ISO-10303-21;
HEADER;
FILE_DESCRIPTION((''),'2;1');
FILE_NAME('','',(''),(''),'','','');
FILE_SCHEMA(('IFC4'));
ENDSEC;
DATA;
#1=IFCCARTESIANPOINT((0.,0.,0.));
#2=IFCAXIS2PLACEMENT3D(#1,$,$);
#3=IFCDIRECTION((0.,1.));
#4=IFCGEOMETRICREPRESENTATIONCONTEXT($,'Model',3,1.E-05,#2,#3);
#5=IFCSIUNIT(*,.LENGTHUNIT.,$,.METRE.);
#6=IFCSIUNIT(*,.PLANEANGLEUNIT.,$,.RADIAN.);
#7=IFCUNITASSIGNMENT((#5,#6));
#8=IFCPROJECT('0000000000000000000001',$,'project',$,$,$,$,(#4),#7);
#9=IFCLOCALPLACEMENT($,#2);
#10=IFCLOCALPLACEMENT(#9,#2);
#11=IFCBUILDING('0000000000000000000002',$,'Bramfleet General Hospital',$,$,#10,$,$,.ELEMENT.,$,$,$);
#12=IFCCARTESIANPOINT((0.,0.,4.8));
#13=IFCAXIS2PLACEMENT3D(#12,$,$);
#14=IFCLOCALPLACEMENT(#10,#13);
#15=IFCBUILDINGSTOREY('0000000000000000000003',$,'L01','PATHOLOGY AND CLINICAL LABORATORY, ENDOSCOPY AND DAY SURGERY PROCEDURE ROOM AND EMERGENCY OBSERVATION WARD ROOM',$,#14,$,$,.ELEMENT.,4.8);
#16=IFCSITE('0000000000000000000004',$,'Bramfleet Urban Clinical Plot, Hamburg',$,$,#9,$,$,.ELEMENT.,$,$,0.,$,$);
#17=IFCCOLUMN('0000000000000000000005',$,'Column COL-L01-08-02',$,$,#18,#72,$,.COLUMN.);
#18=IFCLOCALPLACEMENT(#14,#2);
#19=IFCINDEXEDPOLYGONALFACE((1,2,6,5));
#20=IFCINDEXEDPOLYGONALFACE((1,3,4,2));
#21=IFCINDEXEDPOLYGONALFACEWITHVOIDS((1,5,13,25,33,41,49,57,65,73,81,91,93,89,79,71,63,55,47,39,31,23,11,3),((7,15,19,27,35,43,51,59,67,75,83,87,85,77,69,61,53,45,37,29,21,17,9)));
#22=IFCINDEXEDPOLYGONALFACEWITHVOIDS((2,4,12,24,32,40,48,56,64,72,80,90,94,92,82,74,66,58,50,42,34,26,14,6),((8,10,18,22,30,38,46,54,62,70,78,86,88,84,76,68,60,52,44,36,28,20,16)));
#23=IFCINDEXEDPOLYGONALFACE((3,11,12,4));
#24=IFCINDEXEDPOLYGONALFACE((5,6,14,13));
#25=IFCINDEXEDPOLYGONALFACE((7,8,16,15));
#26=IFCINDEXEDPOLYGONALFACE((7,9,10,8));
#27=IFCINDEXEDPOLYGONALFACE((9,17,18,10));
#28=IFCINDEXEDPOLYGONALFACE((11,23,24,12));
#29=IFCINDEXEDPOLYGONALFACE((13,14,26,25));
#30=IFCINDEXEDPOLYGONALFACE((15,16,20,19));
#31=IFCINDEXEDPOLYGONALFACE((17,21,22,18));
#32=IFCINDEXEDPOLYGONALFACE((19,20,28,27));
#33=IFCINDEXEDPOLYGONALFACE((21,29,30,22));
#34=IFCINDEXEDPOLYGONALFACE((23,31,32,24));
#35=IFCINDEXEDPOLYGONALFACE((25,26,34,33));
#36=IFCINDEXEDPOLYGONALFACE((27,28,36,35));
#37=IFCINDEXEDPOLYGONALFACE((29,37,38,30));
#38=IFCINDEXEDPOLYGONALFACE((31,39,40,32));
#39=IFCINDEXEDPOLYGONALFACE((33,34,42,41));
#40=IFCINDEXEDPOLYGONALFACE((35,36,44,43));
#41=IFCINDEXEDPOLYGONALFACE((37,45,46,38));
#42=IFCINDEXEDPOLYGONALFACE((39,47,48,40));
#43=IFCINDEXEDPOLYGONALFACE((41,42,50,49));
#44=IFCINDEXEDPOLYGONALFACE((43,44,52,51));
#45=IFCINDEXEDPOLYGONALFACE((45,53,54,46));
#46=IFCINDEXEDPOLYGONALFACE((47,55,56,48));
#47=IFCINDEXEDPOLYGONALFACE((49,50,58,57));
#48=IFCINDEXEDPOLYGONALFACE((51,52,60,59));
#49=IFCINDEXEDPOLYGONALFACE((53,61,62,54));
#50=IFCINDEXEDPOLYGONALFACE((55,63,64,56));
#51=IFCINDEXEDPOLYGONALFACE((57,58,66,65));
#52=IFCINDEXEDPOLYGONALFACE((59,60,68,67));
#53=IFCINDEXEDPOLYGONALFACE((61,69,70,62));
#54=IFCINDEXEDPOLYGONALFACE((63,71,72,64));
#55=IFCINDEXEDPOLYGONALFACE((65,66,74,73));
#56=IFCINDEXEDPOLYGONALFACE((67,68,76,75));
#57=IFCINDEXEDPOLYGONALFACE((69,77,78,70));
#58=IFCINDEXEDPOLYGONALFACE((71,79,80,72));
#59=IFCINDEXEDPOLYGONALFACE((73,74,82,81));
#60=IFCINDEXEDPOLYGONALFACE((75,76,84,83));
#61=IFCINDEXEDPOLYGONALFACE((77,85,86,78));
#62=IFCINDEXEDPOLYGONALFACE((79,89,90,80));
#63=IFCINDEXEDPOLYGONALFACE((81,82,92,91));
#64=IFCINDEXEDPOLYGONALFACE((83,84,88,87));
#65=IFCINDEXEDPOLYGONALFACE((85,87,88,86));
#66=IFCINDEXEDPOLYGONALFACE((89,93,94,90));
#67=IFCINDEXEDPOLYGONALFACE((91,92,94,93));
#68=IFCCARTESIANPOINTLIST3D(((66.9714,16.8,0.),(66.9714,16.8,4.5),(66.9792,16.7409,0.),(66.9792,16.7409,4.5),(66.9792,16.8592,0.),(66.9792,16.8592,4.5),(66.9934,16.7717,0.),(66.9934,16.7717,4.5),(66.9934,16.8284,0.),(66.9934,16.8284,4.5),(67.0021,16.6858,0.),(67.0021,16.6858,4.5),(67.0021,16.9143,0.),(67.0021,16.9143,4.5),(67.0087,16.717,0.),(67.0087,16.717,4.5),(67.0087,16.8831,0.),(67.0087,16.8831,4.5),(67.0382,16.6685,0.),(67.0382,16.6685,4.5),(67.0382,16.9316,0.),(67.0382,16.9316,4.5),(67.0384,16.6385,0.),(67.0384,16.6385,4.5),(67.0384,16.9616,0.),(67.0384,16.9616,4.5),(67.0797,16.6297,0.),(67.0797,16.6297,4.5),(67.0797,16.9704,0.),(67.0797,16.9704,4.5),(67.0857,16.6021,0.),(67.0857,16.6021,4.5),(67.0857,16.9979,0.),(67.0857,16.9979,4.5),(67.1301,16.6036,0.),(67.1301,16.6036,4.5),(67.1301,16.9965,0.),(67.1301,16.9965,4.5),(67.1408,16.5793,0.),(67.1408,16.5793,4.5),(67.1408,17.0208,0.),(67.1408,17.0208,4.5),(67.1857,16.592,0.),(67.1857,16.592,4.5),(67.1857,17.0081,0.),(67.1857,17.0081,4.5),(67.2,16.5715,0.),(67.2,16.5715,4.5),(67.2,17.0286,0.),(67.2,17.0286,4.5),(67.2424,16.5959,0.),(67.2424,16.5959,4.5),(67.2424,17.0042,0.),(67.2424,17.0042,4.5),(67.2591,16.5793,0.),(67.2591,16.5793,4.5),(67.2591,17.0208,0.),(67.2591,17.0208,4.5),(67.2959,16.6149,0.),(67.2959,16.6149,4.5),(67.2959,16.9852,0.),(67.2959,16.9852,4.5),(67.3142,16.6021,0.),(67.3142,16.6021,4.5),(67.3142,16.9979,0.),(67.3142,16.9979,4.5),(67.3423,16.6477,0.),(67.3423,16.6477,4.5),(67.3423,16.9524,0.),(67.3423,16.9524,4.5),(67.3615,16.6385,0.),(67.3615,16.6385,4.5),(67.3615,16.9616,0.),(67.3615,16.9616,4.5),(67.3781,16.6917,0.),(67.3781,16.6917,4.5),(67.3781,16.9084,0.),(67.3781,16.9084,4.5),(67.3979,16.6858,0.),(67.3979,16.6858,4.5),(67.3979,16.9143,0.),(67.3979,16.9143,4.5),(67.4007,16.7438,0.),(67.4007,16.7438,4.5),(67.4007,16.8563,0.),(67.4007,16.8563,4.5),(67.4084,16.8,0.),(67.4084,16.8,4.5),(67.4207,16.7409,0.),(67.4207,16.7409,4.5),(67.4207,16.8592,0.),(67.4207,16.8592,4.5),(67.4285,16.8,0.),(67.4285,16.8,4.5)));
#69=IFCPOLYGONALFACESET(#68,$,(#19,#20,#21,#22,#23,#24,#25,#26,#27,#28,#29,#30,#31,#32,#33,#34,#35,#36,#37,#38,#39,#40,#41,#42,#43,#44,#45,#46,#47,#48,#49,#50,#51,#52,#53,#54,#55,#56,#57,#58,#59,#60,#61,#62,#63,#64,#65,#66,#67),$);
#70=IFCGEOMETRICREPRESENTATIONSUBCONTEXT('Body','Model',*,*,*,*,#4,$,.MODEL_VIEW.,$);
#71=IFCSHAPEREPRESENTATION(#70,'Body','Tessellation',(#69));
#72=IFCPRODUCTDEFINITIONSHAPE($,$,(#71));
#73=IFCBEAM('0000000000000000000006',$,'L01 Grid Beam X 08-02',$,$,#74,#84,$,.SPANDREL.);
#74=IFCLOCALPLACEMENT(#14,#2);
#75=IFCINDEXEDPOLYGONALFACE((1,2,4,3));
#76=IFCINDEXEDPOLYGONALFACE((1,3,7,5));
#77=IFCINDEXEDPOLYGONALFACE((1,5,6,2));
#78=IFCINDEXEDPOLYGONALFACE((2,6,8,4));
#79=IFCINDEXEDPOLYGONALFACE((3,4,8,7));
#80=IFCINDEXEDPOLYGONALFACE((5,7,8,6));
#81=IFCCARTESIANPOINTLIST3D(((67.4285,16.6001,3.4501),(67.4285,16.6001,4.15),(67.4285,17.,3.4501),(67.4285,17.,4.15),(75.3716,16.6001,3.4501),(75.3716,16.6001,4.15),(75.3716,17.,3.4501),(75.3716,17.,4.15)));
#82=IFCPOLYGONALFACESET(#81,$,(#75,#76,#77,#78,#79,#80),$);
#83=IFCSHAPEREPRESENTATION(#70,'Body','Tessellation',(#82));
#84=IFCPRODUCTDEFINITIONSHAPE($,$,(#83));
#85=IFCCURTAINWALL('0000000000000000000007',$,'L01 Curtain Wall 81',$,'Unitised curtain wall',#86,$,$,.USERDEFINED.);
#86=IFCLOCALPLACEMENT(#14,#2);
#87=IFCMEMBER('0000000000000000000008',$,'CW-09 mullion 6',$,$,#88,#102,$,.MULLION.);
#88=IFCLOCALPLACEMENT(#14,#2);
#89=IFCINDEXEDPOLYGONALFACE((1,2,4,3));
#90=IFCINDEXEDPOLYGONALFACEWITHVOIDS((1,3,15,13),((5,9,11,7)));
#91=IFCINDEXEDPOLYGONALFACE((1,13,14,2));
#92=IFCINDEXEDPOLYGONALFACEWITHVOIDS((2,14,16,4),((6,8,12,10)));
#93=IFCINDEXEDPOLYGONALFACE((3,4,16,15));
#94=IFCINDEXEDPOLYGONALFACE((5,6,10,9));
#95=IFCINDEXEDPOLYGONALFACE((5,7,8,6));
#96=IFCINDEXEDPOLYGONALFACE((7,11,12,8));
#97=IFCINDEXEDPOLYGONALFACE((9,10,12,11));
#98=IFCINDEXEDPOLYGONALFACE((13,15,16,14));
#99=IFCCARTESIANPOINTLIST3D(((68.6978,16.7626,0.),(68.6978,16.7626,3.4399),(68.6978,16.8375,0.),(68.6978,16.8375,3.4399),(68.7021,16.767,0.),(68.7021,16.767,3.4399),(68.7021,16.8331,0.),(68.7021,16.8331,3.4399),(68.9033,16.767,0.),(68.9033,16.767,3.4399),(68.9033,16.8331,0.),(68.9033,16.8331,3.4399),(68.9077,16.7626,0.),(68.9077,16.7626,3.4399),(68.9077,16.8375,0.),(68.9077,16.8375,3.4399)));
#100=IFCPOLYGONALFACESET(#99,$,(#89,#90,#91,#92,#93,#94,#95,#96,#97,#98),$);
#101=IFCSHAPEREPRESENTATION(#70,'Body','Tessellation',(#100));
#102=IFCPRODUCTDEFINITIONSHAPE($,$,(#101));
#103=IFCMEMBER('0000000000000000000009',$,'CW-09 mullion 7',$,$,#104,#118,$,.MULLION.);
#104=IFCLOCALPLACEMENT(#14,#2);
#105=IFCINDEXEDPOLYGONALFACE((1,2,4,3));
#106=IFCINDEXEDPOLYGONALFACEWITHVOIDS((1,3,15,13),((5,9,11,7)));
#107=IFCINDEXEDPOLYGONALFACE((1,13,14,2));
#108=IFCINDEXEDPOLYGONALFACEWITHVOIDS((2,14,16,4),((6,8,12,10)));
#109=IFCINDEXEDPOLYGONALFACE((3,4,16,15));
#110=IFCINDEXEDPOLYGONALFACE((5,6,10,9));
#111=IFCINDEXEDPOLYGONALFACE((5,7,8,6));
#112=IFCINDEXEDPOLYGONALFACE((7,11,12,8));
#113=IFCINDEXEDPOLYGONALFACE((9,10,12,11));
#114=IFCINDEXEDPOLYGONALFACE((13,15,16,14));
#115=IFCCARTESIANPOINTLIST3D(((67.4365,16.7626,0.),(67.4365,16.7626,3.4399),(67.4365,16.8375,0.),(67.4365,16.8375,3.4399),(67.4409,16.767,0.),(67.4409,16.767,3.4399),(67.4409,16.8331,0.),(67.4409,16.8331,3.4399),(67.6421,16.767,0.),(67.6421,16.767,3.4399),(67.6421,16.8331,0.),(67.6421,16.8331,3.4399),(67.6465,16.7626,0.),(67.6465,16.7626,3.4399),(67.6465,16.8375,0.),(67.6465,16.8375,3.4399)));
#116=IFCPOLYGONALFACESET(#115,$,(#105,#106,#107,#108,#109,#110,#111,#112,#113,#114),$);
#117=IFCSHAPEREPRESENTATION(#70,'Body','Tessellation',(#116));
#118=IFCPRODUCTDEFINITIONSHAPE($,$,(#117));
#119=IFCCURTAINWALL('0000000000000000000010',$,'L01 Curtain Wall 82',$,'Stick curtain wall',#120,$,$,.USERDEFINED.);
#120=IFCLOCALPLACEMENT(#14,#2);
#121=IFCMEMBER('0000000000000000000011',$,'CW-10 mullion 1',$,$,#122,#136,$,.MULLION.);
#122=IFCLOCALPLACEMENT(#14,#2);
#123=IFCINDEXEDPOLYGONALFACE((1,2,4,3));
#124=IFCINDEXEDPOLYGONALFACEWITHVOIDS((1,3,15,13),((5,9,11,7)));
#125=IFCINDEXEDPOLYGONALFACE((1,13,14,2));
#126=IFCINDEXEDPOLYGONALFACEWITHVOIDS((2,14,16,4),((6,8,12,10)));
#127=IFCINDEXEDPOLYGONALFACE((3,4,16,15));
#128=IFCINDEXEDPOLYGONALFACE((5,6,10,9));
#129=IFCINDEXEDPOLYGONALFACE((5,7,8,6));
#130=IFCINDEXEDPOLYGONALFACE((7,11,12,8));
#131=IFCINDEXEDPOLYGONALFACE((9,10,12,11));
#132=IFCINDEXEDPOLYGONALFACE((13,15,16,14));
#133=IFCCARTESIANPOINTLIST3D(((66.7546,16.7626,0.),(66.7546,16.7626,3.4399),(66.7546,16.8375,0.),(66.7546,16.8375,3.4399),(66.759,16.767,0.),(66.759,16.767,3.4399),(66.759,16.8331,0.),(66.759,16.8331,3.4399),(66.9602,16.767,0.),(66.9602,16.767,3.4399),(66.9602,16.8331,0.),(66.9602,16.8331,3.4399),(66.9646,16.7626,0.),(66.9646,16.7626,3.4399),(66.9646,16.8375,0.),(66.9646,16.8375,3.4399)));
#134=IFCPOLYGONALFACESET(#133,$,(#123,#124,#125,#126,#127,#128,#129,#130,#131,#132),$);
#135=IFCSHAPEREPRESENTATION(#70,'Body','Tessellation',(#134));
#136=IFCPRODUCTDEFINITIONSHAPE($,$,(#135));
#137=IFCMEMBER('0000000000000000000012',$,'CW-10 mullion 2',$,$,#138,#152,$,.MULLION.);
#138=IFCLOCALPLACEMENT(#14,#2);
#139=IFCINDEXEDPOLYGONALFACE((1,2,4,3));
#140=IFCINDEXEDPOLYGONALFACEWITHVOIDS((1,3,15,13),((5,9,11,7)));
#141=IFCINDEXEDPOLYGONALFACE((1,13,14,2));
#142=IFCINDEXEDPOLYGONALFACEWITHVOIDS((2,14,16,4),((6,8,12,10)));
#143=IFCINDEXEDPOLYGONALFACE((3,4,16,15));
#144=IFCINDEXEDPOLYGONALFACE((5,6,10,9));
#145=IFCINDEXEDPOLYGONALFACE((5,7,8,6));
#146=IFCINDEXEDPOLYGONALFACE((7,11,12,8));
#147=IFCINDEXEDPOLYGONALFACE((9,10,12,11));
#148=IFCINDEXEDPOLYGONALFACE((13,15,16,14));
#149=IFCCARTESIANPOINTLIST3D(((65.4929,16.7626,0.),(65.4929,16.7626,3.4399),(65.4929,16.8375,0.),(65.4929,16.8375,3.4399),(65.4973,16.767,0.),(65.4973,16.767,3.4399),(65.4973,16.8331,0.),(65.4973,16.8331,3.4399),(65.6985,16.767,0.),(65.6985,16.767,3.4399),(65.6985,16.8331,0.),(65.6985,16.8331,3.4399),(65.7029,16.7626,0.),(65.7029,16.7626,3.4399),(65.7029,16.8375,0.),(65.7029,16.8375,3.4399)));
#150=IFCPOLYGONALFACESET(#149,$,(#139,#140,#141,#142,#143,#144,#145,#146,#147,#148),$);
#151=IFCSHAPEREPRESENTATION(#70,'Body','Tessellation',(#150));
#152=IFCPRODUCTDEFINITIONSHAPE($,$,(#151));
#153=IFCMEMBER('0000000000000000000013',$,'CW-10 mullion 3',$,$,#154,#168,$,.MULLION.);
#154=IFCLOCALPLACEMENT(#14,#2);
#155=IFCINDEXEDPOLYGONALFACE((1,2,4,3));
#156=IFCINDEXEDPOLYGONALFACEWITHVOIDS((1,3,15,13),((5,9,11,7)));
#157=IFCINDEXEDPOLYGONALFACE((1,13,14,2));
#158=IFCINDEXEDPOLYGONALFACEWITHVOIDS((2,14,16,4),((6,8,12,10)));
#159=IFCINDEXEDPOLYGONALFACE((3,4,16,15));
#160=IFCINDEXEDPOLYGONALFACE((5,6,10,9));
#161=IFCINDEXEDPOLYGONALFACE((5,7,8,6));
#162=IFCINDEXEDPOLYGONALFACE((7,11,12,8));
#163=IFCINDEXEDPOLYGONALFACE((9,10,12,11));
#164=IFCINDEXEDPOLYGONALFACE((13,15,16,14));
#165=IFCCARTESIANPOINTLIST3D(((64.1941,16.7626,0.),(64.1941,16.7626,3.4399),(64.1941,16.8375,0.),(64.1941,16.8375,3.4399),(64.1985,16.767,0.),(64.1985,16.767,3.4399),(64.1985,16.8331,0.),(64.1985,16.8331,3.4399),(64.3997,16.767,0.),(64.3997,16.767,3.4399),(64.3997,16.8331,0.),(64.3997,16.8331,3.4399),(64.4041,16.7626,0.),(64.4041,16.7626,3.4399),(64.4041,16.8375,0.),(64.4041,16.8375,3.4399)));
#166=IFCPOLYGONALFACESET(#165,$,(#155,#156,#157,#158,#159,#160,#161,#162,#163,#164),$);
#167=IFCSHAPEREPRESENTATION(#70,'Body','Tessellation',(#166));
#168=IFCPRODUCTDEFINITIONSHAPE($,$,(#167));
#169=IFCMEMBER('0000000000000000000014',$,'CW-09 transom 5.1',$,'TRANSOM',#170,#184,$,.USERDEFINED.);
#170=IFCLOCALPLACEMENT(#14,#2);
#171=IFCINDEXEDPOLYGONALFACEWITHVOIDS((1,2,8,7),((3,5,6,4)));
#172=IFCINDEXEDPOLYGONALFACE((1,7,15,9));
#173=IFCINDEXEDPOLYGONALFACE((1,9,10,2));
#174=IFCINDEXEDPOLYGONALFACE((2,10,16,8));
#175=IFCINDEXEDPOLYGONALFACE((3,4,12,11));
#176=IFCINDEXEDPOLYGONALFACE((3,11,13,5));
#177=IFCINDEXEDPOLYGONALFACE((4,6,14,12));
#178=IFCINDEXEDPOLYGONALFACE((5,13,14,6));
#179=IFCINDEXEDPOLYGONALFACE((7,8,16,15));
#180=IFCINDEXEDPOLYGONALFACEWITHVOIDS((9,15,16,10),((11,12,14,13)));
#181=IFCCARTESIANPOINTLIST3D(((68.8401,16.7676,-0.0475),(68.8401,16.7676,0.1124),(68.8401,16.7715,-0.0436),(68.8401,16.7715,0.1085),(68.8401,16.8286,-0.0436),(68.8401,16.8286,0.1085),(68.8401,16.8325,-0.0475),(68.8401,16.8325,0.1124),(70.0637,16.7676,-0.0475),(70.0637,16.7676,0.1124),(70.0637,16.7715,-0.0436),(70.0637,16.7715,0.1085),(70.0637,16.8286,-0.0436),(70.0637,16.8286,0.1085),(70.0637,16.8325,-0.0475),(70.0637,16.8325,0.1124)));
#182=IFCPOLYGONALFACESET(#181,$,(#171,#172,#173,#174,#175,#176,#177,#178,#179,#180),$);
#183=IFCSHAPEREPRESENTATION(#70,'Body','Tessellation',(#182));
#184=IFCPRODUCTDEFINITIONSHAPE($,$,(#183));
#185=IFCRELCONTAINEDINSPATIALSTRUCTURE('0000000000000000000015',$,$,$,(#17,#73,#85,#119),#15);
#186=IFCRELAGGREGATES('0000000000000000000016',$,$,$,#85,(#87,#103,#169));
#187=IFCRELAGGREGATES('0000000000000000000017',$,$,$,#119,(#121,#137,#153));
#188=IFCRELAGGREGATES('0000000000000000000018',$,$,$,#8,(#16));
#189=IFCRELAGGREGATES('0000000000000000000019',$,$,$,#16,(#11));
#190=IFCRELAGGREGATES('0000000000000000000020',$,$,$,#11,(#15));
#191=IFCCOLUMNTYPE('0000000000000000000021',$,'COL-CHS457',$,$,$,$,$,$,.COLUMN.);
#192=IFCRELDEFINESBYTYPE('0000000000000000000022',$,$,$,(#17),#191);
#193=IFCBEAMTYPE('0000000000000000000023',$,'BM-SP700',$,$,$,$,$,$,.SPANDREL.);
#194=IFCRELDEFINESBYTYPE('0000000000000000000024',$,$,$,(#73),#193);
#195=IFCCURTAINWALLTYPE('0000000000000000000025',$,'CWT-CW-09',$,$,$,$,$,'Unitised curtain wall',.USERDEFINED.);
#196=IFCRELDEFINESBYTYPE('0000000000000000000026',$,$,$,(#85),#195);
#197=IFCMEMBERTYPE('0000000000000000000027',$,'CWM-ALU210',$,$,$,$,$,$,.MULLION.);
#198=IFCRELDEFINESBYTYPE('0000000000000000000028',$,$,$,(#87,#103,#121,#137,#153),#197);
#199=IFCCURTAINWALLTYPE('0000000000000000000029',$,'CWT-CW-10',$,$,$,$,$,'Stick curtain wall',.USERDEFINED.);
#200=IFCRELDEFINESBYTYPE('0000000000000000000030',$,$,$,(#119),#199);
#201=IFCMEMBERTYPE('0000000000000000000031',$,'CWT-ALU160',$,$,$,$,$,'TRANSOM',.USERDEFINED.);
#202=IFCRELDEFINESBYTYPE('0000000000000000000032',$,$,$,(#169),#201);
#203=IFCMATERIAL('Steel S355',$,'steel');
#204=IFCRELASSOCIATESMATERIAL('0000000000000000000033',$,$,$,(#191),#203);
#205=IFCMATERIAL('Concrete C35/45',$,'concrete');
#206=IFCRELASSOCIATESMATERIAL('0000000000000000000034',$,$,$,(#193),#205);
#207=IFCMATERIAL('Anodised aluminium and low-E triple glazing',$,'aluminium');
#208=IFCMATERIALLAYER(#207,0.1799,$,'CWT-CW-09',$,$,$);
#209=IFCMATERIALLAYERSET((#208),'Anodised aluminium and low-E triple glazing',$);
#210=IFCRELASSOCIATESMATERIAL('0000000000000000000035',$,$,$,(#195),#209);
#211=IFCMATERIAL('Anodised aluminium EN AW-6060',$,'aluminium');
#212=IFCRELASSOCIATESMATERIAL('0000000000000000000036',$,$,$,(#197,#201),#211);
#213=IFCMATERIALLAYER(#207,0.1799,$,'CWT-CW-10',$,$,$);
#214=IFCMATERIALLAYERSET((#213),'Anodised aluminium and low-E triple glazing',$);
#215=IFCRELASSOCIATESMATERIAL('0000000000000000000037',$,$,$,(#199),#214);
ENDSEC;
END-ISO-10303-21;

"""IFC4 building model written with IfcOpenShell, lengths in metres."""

from ifc_helpers import new_model, si_unit, direction, frame, origin, origin_2d, place, context, subcontext, project, spatial, rectangle, hollow_rectangle, hollow_circle, extrude, material, layer, layer_set, material_profile, profile_set, type_object, element, aggregate, save


model = new_model("IFC4")

# Units and contexts
model_context = context("Model", 3, precision=1e-05, world=origin(), true_north=direction((0.0, 1.0)))
body_context = subcontext(model_context, "Body", "Model", "MODEL_VIEW")
ifc_project = project(units=[si_unit("LENGTHUNIT", "METRE"), si_unit("PLANEANGLEUNIT", "RADIAN")], contexts=[model_context])

# Site, building, storey
site_placement = place(None, origin())
site = spatial("IfcSite", under=ifc_project, at=site_placement, Name="Bramfleet Urban Clinical Plot, Hamburg", CompositionType="ELEMENT", RefElevation=0.0)
building_placement = place(site_placement, origin())
building = spatial("IfcBuilding", under=site, at=building_placement, Name="Bramfleet General Hospital", CompositionType="ELEMENT")
storey_placement = place(building_placement, frame((0.0, 0.0, 4.8)))
storey = spatial("IfcBuildingStorey", under=building, at=storey_placement, Name="L01", Description="PATHOLOGY AND CLINICAL LABORATORY, ENDOSCOPY AND DAY SURGERY PROCEDURE ROOM AND EMERGENCY OBSERVATION WARD ROOM", CompositionType="ELEMENT", Elevation=4.8)

# Column
ifc_material_1 = material(Name="Steel S355", Category="steel")
ifc_material_profile_1 = material_profile(ifc_material_1, hollow_circle(Radius=0.2285, WallThickness=0.02, at=origin_2d()), Name="CHS 457.0x20.0")
ifc_profile_set_1 = profile_set([ifc_material_profile_1], Name="Steel S355")
column_type = type_object("IfcColumnType", Name="COL-CHS457", PredefinedType="COLUMN", material=ifc_profile_set_1)
column_placement = place(storey_placement, frame((67.2, 16.8, 0.0), z_axis=(0.0, 0.0, 1.0), x_axis=(1.0, 0.0, 0.0)))
element("IfcColumn", 1, at=column_placement, inside=storey, type_object=column_type, Name="Column COL-L01-08-02", PredefinedType="COLUMN", context=body_context, shape_type="SweptSolid", body=[
    extrude(hollow_circle(Radius=0.2285, WallThickness=0.02, at=origin_2d()), origin(), (0.0, 0.0, 1.0), 4.5),
])

# Beam
ifc_material_2 = material(Name="Concrete C35/45", Category="concrete")
ifc_material_profile_2 = material_profile(ifc_material_2, rectangle(XDim=0.3999, YDim=0.7, at=origin_2d()), Name="RC SP 700x400")
ifc_profile_set_2 = profile_set([ifc_material_profile_2], Name="Concrete C35/45")
beam_type = type_object("IfcBeamType", Name="BM-SP700", PredefinedType="SPANDREL", material=ifc_profile_set_2)
beam_placement = place(storey_placement, frame((67.4285, 16.8, 3.8), z_axis=(1.0, 0.0, 0.0), x_axis=(0.0, 1.0, 0.0)))
element("IfcBeam", 2, at=beam_placement, inside=storey, type_object=beam_type, Name="L01 Grid Beam X 08-02", PredefinedType="SPANDREL", context=body_context, shape_type="SweptSolid", body=[
    extrude(rectangle(XDim=0.3999, YDim=0.7, at=origin_2d()), origin(), (0.0, 0.0, 1.0), 7.9431),
])

# Curtain walls, members
ifc_material_3 = material(Name="Anodised aluminium and low-E triple glazing", Category="aluminium")
ifc_layer_1 = layer(ifc_material_3, 0.1799, Name="CWT-CW-09")
ifc_layer_set_1 = layer_set([ifc_layer_1], Name="Anodised aluminium and low-E triple glazing")
curtain_wall_type_1 = type_object("IfcCurtainWallType", Name="CWT-CW-09", ElementType="Unitised curtain wall", PredefinedType="USERDEFINED", material=ifc_layer_set_1)
curtain_wall_1_placement = place(storey_placement, origin())
curtain_wall_1 = element("IfcCurtainWall", 3, at=curtain_wall_1_placement, inside=storey, type_object=curtain_wall_type_1, Name="L01 Curtain Wall 81", ObjectType="Unitised curtain wall", PredefinedType="USERDEFINED")
ifc_material_4 = material(Name="Anodised aluminium EN AW-6060", Category="aluminium")
ifc_material_profile_3 = material_profile(ifc_material_4, hollow_rectangle(XDim=0.075, YDim=0.21, WallThickness=0.0044, at=origin_2d()), Name="ALU 210x75x4.5")
ifc_profile_set_3 = profile_set([ifc_material_profile_3], Name="Anodised aluminium EN AW-6060")
member_type_1 = type_object("IfcMemberType", Name="CWM-ALU210", PredefinedType="MULLION", material=ifc_profile_set_3)
member_1_placement = place(storey_placement, frame((68.8027, 16.8, 0.0), z_axis=(0.0, 0.0, 1.0), x_axis=(0.0, -1.0, 0.0)))
member_1 = element("IfcMember", 4, at=member_1_placement, type_object=member_type_1, Name="CW-09 mullion 6", PredefinedType="MULLION", context=body_context, shape_type="SweptSolid", body=[
    extrude(hollow_rectangle(XDim=0.075, YDim=0.21, WallThickness=0.0044, at=origin_2d()), origin(), (0.0, 0.0, 1.0), 3.4399),
])
member_2_placement = place(storey_placement, frame((67.5415, 16.8, 0.0), z_axis=(0.0, 0.0, 1.0), x_axis=(0.0, -1.0, 0.0)))
member_2 = element("IfcMember", 5, at=member_2_placement, type_object=member_type_1, Name="CW-09 mullion 7", PredefinedType="MULLION", context=body_context, shape_type="SweptSolid", body=[
    extrude(hollow_rectangle(XDim=0.075, YDim=0.21, WallThickness=0.0044, at=origin_2d()), origin(), (0.0, 0.0, 1.0), 3.4399),
])
ifc_layer_2 = layer(ifc_material_3, 0.1799, Name="CWT-CW-10")
ifc_layer_set_2 = layer_set([ifc_layer_2], Name="Anodised aluminium and low-E triple glazing")
curtain_wall_type_2 = type_object("IfcCurtainWallType", Name="CWT-CW-10", ElementType="Stick curtain wall", PredefinedType="USERDEFINED", material=ifc_layer_set_2)
curtain_wall_2_placement = place(storey_placement, origin())
curtain_wall_2 = element("IfcCurtainWall", 6, at=curtain_wall_2_placement, inside=storey, type_object=curtain_wall_type_2, Name="L01 Curtain Wall 82", ObjectType="Stick curtain wall", PredefinedType="USERDEFINED")
member_3_placement = place(storey_placement, frame((66.8596, 16.8, 0.0), z_axis=(0.0, 0.0, 1.0), x_axis=(0.0, -1.0, 0.0)))
member_3 = element("IfcMember", 7, at=member_3_placement, type_object=member_type_1, Name="CW-10 mullion 1", PredefinedType="MULLION", context=body_context, shape_type="SweptSolid", body=[
    extrude(hollow_rectangle(XDim=0.075, YDim=0.21, WallThickness=0.0044, at=origin_2d()), origin(), (0.0, 0.0, 1.0), 3.4399),
])
member_4_placement = place(storey_placement, frame((65.5979, 16.8, 0.0), z_axis=(0.0, 0.0, 1.0), x_axis=(0.0, -1.0, 0.0)))
member_4 = element("IfcMember", 8, at=member_4_placement, type_object=member_type_1, Name="CW-10 mullion 2", PredefinedType="MULLION", context=body_context, shape_type="SweptSolid", body=[
    extrude(hollow_rectangle(XDim=0.075, YDim=0.21, WallThickness=0.0044, at=origin_2d()), origin(), (0.0, 0.0, 1.0), 3.4399),
])
member_5_placement = place(storey_placement, frame((64.2991, 16.8, 0.0), z_axis=(0.0, 0.0, 1.0), x_axis=(0.0, -1.0, 0.0)))
member_5 = element("IfcMember", 9, at=member_5_placement, type_object=member_type_1, Name="CW-10 mullion 3", PredefinedType="MULLION", context=body_context, shape_type="SweptSolid", body=[
    extrude(hollow_rectangle(XDim=0.075, YDim=0.21, WallThickness=0.0044, at=origin_2d()), origin(), (0.0, 0.0, 1.0), 3.4399),
])

# Member
ifc_material_profile_4 = material_profile(ifc_material_4, hollow_rectangle(XDim=0.0649, YDim=0.1599, WallThickness=0.0039, at=origin_2d()), Name="ALU 160x65x4.0")
ifc_profile_set_4 = profile_set([ifc_material_profile_4], Name="Anodised aluminium EN AW-6060")
member_type_2 = type_object("IfcMemberType", Name="CWT-ALU160", ElementType="TRANSOM", PredefinedType="USERDEFINED", material=ifc_profile_set_4)
member_6_placement = place(storey_placement, frame((70.0637, 16.8, 0.0325), z_axis=(-1.0, 0.0, 0.0), x_axis=(0.0, -1.0, 0.0)))
member_6 = element("IfcMember", 10, at=member_6_placement, type_object=member_type_2, Name="CW-09 transom 5.1", ObjectType="TRANSOM", PredefinedType="USERDEFINED", context=body_context, shape_type="SweptSolid", body=[
    extrude(hollow_rectangle(XDim=0.0649, YDim=0.1599, WallThickness=0.0039, at=origin_2d()), origin(), (0.0, 0.0, 1.0), 1.2236),
])

aggregate(curtain_wall_1, [member_1, member_2, member_6])
aggregate(curtain_wall_2, [member_3, member_4, member_5])

save(model, "model.ifc")
